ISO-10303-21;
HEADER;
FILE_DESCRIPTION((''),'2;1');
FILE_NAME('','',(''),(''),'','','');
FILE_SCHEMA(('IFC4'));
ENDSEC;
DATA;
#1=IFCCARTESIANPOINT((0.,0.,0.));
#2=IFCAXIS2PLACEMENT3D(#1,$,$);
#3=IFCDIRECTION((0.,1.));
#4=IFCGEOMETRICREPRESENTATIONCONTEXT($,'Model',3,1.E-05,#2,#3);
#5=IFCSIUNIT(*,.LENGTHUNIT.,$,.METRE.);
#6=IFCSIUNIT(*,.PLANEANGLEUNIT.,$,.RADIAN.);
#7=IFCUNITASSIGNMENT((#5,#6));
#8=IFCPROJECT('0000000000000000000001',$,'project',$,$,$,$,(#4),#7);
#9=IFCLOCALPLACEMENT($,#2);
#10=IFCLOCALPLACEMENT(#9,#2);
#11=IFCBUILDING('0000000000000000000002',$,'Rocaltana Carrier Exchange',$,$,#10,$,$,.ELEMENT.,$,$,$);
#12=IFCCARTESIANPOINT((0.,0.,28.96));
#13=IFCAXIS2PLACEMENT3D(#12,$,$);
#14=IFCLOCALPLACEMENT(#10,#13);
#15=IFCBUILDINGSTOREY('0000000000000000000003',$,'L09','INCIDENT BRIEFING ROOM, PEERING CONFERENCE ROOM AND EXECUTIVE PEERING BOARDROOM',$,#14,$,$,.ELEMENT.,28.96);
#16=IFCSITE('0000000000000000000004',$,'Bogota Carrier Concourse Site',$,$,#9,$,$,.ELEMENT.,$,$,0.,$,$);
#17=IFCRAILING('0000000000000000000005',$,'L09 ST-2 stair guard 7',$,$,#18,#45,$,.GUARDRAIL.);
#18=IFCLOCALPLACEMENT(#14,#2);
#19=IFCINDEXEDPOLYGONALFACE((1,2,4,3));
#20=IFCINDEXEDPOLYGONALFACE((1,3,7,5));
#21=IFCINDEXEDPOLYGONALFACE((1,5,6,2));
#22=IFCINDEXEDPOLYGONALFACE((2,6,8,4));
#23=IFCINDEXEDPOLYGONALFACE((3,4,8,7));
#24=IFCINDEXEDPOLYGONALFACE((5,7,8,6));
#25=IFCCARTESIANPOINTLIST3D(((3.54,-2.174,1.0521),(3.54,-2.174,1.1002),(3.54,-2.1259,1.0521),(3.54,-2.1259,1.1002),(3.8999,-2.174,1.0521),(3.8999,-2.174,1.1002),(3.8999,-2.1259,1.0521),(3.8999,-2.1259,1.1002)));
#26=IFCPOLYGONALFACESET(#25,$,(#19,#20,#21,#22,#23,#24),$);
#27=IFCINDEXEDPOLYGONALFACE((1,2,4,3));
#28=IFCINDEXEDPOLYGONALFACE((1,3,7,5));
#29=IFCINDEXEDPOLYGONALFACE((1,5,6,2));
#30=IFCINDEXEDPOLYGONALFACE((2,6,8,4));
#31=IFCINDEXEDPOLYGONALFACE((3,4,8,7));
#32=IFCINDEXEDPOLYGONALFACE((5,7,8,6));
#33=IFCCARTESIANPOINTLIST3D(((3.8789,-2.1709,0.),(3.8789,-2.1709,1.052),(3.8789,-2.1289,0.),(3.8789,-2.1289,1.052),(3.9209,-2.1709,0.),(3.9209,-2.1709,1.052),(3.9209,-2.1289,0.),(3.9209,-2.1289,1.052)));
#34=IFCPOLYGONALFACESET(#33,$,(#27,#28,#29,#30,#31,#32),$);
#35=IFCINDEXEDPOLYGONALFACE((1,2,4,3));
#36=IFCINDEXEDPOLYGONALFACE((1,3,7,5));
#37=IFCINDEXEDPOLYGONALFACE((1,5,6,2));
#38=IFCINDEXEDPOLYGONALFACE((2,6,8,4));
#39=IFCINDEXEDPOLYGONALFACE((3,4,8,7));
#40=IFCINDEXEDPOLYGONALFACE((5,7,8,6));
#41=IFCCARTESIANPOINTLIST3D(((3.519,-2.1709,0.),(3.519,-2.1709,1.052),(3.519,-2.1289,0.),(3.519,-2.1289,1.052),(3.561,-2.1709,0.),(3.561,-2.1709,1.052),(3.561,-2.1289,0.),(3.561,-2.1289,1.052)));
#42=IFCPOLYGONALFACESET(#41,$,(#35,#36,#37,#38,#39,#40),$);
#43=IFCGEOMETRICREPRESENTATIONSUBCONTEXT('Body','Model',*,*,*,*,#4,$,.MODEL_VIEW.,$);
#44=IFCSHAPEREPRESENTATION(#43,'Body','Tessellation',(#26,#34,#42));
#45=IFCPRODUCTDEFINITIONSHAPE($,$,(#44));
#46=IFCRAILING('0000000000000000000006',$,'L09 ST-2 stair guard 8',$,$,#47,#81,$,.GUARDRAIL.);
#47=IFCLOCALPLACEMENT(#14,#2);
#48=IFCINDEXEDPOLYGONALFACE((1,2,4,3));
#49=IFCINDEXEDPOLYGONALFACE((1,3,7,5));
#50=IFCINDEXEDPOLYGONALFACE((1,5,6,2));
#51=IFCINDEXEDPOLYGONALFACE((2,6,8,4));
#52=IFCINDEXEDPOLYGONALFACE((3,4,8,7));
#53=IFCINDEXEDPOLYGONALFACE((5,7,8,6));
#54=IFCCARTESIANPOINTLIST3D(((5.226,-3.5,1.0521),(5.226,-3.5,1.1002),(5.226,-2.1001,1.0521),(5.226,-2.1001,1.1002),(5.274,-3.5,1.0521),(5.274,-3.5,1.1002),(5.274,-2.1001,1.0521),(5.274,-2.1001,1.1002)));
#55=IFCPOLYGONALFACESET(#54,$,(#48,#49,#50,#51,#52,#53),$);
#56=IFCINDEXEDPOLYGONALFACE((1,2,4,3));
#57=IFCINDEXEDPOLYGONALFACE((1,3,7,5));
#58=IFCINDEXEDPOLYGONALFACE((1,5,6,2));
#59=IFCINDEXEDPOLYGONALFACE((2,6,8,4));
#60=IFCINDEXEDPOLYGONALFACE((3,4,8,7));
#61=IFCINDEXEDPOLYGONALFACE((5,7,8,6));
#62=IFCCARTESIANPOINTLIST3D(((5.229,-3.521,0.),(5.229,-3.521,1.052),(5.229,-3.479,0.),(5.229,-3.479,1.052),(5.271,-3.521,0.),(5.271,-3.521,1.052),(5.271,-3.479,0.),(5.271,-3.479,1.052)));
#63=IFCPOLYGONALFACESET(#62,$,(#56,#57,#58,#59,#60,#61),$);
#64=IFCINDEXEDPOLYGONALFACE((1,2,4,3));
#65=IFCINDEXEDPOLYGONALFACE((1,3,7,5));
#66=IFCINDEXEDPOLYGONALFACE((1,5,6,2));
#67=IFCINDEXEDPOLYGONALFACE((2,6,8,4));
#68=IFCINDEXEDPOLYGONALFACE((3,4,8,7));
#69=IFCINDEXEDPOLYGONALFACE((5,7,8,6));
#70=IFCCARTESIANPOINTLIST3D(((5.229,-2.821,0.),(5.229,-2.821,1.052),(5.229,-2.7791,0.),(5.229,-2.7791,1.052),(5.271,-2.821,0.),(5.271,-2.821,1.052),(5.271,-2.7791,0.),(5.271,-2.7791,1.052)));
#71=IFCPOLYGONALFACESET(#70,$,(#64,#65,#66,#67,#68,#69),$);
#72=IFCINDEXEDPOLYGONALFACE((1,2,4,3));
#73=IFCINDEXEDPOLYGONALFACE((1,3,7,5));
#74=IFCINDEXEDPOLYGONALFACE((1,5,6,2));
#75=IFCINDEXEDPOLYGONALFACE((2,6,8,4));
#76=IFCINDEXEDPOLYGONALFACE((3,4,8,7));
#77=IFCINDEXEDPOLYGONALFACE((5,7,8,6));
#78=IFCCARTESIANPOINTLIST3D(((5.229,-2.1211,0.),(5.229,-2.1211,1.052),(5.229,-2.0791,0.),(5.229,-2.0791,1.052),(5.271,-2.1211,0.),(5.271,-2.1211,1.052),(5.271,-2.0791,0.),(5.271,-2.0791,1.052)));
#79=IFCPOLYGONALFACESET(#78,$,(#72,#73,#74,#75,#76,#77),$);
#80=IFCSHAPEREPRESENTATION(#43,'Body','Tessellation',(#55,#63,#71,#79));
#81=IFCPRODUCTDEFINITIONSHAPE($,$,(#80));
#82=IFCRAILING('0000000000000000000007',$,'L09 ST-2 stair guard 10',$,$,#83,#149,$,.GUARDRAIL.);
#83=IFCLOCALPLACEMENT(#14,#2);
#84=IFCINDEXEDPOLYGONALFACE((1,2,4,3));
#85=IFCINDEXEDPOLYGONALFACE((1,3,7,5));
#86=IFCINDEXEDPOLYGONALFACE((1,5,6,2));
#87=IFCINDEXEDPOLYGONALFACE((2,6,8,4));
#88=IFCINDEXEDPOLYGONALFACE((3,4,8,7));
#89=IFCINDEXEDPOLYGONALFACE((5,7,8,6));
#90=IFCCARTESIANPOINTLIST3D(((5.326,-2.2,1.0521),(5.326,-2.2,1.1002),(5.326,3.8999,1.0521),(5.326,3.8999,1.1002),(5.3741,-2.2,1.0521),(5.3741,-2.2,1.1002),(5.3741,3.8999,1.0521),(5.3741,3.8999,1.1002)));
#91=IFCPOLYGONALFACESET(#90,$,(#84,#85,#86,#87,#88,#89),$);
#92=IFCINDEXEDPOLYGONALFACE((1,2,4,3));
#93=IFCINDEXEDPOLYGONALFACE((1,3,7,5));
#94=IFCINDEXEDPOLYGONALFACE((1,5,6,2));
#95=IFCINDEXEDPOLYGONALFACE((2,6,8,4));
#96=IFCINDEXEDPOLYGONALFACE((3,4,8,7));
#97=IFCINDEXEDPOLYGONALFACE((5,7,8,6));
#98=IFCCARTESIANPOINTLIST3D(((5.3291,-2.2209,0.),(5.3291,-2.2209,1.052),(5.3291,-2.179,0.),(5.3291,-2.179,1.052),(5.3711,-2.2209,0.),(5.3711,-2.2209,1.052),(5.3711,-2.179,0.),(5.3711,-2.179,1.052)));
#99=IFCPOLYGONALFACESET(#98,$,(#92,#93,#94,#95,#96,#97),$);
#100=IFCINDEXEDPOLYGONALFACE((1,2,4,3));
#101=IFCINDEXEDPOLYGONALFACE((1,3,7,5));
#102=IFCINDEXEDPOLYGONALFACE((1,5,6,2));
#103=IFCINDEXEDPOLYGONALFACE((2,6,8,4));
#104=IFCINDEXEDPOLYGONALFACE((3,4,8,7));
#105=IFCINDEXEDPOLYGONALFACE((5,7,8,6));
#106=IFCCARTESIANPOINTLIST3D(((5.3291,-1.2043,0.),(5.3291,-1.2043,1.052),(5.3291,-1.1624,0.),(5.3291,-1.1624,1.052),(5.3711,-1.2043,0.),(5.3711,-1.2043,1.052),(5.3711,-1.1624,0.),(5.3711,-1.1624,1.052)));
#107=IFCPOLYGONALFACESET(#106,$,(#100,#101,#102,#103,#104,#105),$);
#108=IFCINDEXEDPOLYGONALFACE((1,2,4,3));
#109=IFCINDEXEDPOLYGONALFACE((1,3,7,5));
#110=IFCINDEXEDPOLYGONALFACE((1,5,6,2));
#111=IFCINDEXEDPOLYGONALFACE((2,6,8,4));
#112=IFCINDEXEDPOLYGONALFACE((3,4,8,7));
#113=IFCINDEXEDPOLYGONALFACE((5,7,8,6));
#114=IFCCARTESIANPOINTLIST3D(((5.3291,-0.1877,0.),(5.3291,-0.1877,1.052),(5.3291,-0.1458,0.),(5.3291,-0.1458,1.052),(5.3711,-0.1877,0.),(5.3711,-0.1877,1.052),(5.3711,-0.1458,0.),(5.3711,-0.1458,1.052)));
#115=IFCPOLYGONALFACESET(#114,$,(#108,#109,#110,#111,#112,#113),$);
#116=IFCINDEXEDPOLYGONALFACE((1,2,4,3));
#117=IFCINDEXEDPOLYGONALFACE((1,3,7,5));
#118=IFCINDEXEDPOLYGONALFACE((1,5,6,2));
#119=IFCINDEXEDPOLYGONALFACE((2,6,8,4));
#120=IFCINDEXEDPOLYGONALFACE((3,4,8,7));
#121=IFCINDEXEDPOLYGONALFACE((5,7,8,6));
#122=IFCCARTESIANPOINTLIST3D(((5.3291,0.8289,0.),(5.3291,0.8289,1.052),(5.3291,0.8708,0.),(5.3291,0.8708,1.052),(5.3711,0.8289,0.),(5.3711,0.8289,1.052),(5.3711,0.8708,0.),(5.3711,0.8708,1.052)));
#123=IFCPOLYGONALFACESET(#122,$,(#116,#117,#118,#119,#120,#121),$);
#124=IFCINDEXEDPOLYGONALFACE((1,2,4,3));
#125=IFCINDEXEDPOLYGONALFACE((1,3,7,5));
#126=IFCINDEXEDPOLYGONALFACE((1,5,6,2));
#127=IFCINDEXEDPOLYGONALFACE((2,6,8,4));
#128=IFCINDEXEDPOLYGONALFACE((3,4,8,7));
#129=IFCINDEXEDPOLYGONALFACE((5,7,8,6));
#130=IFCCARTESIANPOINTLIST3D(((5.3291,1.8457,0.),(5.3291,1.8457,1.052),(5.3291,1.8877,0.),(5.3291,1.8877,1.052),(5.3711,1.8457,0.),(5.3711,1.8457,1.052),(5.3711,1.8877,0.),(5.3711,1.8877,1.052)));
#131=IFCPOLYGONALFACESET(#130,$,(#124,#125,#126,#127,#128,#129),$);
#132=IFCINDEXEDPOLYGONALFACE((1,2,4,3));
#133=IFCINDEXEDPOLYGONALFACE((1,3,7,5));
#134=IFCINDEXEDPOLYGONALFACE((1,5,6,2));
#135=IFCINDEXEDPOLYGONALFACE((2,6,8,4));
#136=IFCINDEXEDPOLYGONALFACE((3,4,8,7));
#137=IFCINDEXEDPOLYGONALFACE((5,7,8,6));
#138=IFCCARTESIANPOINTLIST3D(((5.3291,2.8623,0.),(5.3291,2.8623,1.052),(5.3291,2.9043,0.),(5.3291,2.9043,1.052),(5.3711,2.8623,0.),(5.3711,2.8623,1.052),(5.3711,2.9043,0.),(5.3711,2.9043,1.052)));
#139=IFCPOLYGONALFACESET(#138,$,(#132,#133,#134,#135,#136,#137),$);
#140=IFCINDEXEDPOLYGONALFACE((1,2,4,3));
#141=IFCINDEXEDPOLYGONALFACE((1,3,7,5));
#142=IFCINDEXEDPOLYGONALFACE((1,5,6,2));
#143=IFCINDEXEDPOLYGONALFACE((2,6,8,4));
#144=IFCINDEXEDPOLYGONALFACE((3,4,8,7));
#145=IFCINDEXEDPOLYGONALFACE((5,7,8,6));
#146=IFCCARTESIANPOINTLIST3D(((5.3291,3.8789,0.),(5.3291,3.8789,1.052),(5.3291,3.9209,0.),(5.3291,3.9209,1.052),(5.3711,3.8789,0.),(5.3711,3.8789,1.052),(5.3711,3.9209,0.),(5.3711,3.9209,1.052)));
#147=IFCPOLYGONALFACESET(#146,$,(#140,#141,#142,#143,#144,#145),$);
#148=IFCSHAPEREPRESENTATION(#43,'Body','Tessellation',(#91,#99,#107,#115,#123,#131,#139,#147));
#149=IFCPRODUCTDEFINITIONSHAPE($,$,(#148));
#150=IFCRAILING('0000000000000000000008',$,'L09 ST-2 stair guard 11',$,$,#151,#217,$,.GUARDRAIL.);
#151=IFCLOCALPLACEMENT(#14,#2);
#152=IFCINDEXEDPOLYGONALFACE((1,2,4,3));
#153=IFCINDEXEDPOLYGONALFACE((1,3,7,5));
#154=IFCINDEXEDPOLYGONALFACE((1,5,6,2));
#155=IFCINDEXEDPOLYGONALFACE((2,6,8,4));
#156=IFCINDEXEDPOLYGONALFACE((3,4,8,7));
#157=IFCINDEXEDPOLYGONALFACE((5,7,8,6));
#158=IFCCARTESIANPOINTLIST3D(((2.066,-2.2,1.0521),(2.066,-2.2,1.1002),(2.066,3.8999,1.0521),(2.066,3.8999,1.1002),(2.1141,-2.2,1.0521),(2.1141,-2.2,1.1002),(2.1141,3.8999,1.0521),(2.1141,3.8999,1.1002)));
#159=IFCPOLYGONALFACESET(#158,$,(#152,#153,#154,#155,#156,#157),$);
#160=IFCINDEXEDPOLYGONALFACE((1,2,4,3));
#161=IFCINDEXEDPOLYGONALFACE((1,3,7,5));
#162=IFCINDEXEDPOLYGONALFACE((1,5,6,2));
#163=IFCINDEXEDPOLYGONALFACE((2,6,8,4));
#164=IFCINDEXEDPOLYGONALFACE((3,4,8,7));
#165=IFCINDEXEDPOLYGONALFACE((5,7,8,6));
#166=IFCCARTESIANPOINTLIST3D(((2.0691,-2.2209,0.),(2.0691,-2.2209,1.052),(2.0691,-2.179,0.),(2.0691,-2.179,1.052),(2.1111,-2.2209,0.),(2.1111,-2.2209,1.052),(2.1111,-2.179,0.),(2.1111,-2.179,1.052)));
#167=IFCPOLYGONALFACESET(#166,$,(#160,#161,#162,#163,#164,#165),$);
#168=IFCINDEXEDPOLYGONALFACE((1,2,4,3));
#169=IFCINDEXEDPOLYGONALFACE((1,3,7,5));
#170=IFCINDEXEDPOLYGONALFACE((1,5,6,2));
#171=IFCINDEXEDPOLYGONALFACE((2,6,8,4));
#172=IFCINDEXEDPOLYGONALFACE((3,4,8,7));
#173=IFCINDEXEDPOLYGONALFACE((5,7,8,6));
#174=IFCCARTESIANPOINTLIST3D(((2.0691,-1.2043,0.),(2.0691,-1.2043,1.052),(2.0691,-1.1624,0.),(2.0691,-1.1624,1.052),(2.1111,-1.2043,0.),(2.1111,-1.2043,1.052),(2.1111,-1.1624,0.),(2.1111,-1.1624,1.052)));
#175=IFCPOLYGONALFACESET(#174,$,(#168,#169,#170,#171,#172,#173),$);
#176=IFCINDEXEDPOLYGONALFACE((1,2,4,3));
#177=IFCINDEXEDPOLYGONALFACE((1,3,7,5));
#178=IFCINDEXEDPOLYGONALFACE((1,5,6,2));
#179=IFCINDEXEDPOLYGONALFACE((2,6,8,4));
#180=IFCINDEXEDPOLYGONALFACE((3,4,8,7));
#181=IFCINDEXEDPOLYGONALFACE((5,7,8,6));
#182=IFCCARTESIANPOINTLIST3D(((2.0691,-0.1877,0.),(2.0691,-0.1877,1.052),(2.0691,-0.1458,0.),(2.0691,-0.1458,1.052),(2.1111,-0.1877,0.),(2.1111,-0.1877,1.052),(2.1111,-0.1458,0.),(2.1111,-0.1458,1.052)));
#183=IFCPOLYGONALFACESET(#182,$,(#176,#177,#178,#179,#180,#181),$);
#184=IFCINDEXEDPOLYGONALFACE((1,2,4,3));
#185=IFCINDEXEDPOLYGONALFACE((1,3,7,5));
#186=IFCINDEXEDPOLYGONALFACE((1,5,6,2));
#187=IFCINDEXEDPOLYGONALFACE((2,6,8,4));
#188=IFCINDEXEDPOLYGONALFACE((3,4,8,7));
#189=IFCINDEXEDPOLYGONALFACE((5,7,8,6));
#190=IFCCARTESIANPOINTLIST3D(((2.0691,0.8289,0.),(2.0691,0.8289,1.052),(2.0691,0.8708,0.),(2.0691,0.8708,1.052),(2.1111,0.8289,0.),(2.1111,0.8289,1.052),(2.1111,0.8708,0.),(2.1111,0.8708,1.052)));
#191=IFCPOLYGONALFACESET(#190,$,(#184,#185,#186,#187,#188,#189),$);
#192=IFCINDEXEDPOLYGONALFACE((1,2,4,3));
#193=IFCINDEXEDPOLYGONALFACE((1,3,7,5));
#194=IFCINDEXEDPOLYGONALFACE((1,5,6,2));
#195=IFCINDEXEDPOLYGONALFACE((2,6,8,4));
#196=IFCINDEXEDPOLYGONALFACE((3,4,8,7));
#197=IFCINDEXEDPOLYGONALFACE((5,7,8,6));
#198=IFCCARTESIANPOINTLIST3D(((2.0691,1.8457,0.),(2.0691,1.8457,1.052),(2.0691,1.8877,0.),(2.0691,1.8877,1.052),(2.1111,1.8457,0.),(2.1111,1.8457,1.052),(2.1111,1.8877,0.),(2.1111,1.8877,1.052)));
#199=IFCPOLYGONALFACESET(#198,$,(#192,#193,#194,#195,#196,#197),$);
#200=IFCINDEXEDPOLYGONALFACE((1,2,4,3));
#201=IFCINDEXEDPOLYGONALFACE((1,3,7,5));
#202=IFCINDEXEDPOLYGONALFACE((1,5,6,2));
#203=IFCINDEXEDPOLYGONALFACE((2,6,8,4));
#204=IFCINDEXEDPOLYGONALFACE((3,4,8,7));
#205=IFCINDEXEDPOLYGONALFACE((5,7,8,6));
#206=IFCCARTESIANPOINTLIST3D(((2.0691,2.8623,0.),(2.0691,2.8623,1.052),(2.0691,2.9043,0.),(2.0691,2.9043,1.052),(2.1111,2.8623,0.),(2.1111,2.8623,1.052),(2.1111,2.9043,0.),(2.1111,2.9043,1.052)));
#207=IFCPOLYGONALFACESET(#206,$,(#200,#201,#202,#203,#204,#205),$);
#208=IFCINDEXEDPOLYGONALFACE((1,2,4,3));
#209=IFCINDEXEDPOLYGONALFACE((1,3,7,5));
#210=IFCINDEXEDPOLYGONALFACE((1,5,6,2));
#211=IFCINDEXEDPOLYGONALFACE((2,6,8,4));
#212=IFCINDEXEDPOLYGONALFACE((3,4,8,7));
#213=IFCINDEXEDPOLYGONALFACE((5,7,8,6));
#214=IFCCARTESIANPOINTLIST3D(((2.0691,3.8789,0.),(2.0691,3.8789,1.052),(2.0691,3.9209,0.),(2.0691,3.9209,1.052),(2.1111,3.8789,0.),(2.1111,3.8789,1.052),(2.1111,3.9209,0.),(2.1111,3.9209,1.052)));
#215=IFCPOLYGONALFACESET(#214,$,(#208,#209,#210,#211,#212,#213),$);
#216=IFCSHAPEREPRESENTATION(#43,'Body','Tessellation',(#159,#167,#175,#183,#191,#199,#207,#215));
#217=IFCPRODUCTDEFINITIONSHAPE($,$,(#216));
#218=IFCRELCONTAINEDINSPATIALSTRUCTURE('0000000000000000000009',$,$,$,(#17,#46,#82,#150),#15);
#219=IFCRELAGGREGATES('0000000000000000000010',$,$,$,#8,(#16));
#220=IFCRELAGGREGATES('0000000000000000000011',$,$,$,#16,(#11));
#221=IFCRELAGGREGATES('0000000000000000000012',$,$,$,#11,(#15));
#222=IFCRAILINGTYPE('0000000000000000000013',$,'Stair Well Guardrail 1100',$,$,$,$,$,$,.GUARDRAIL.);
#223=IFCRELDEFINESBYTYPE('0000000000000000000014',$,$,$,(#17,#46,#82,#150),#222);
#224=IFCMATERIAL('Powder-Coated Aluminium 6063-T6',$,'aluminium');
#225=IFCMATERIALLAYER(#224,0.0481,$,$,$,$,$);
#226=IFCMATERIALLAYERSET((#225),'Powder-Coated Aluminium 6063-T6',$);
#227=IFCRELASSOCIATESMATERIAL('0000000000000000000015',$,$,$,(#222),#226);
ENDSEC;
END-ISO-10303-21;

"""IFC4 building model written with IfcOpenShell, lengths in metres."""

from ifc_helpers import new_model, si_unit, direction, frame, origin, origin_2d, place, context, subcontext, project, spatial, rectangle, extrude, material, layer, layer_set, type_object, element, save


model = new_model("IFC4")

# Units and contexts
model_context = context("Model", 3, precision=1e-05, world=origin(), true_north=direction((0.0, 1.0)))
body_context = subcontext(model_context, "Body", "Model", "MODEL_VIEW")
ifc_project = project(units=[si_unit("LENGTHUNIT", "METRE"), si_unit("PLANEANGLEUNIT", "RADIAN")], contexts=[model_context])

# Site, building, storey
site_placement = place(None, origin())
site = spatial("IfcSite", under=ifc_project, at=site_placement, Name="Bogota Carrier Concourse Site", CompositionType="ELEMENT", RefElevation=0.0)
building_placement = place(site_placement, origin())
building = spatial("IfcBuilding", under=site, at=building_placement, Name="Rocaltana Carrier Exchange", CompositionType="ELEMENT")
storey_placement = place(building_placement, frame((0.0, 0.0, 28.96)))
storey = spatial("IfcBuildingStorey", under=building, at=storey_placement, Name="L09", Description="INCIDENT BRIEFING ROOM, PEERING CONFERENCE ROOM AND EXECUTIVE PEERING BOARDROOM", CompositionType="ELEMENT", Elevation=28.96)

# Railings
ifc_material_1 = material(Name="Powder-Coated Aluminium 6063-T6", Category="aluminium")
ifc_layer_1 = layer(ifc_material_1, 0.0481)
ifc_layer_set_1 = layer_set([ifc_layer_1], Name="Powder-Coated Aluminium 6063-T6")
railing_type_1 = type_object("IfcRailingType", Name="Stair Well Guardrail 1100", PredefinedType="GUARDRAIL", material=ifc_layer_set_1)
railing_1_placement = place(storey_placement, frame((3.8999, -2.1499, 0.0)))
element("IfcRailing", 1, at=railing_1_placement, inside=storey, type_object=railing_type_1, Name="L09 ST-2 stair guard 7", PredefinedType="GUARDRAIL", context=body_context, shape_type="SweptSolid", body=[
    extrude(rectangle(XDim=0.0481, YDim=0.0481, at=origin_2d()), frame((0.0, 0.0, 1.0762), z_axis=(-1.0, 0.0, 0.0), x_axis=(0.0, -1.0, 0.0)), (0.0, 0.0, 1.0), 0.3599),
    extrude(rectangle(XDim=0.042, YDim=0.042, at=origin_2d()), origin(), (0.0, 0.0, 1.0), 1.052),
    extrude(rectangle(XDim=0.042, YDim=0.042, at=origin_2d()), frame((-0.3599, 0.0, 0.0)), (0.0, 0.0, 1.0), 1.052),
])
railing_2_placement = place(storey_placement, frame((5.25, -3.5, 0.0)))
element("IfcRailing", 2, at=railing_2_placement, inside=storey, type_object=railing_type_1, Name="L09 ST-2 stair guard 8", PredefinedType="GUARDRAIL", context=body_context, shape_type="SweptSolid", body=[
    extrude(rectangle(XDim=0.0481, YDim=0.0481, at=origin_2d()), frame((0.0, 0.0, 1.0762), z_axis=(0.0, 1.0, 0.0), x_axis=(-1.0, 0.0, 0.0)), (0.0, 0.0, 1.0), 1.3999),
    extrude(rectangle(XDim=0.042, YDim=0.042, at=origin_2d()), origin(), (0.0, 0.0, 1.0), 1.052),
    extrude(rectangle(XDim=0.042, YDim=0.042, at=origin_2d()), frame((0.0, 0.7, 0.0)), (0.0, 0.0, 1.0), 1.052),
    extrude(rectangle(XDim=0.042, YDim=0.042, at=origin_2d()), frame((0.0, 1.3999, 0.0)), (0.0, 0.0, 1.0), 1.052),
])
for number, where, name in (
    (3, (5.3501, -2.2, 0.0), "L09 ST-2 stair guard 10"),
    (4, (2.0901, -2.2, 0.0), "L09 ST-2 stair guard 11"),
):
    element("IfcRailing", number, at=place(storey_placement, frame(where)), inside=storey, type_object=railing_type_1, Name=name, PredefinedType="GUARDRAIL", context=body_context, shape_type="SweptSolid", body=[
        extrude(rectangle(XDim=0.0481, YDim=0.0481, at=origin_2d()), frame((0.0, 0.0, 1.0762), z_axis=(0.0, 1.0, 0.0), x_axis=(-1.0, 0.0, 0.0)), (0.0, 0.0, 1.0), 6.0999),
        extrude(rectangle(XDim=0.042, YDim=0.042, at=origin_2d()), origin(), (0.0, 0.0, 1.0), 1.052),
        extrude(rectangle(XDim=0.042, YDim=0.042, at=origin_2d()), frame((0.0, 1.0166, 0.0)), (0.0, 0.0, 1.0), 1.052),
        extrude(rectangle(XDim=0.042, YDim=0.042, at=origin_2d()), frame((0.0, 2.0332, 0.0)), (0.0, 0.0, 1.0), 1.052),
        extrude(rectangle(XDim=0.042, YDim=0.042, at=origin_2d()), frame((0.0, 3.0498, 0.0)), (0.0, 0.0, 1.0), 1.052),
        extrude(rectangle(XDim=0.042, YDim=0.042, at=origin_2d()), frame((0.0, 4.0667, 0.0)), (0.0, 0.0, 1.0), 1.052),
        extrude(rectangle(XDim=0.042, YDim=0.042, at=origin_2d()), frame((0.0, 5.0833, 0.0)), (0.0, 0.0, 1.0), 1.052),
        extrude(rectangle(XDim=0.042, YDim=0.042, at=origin_2d()), frame((0.0, 6.0999, 0.0)), (0.0, 0.0, 1.0), 1.052),
    ])

save(model, "model.ifc")
